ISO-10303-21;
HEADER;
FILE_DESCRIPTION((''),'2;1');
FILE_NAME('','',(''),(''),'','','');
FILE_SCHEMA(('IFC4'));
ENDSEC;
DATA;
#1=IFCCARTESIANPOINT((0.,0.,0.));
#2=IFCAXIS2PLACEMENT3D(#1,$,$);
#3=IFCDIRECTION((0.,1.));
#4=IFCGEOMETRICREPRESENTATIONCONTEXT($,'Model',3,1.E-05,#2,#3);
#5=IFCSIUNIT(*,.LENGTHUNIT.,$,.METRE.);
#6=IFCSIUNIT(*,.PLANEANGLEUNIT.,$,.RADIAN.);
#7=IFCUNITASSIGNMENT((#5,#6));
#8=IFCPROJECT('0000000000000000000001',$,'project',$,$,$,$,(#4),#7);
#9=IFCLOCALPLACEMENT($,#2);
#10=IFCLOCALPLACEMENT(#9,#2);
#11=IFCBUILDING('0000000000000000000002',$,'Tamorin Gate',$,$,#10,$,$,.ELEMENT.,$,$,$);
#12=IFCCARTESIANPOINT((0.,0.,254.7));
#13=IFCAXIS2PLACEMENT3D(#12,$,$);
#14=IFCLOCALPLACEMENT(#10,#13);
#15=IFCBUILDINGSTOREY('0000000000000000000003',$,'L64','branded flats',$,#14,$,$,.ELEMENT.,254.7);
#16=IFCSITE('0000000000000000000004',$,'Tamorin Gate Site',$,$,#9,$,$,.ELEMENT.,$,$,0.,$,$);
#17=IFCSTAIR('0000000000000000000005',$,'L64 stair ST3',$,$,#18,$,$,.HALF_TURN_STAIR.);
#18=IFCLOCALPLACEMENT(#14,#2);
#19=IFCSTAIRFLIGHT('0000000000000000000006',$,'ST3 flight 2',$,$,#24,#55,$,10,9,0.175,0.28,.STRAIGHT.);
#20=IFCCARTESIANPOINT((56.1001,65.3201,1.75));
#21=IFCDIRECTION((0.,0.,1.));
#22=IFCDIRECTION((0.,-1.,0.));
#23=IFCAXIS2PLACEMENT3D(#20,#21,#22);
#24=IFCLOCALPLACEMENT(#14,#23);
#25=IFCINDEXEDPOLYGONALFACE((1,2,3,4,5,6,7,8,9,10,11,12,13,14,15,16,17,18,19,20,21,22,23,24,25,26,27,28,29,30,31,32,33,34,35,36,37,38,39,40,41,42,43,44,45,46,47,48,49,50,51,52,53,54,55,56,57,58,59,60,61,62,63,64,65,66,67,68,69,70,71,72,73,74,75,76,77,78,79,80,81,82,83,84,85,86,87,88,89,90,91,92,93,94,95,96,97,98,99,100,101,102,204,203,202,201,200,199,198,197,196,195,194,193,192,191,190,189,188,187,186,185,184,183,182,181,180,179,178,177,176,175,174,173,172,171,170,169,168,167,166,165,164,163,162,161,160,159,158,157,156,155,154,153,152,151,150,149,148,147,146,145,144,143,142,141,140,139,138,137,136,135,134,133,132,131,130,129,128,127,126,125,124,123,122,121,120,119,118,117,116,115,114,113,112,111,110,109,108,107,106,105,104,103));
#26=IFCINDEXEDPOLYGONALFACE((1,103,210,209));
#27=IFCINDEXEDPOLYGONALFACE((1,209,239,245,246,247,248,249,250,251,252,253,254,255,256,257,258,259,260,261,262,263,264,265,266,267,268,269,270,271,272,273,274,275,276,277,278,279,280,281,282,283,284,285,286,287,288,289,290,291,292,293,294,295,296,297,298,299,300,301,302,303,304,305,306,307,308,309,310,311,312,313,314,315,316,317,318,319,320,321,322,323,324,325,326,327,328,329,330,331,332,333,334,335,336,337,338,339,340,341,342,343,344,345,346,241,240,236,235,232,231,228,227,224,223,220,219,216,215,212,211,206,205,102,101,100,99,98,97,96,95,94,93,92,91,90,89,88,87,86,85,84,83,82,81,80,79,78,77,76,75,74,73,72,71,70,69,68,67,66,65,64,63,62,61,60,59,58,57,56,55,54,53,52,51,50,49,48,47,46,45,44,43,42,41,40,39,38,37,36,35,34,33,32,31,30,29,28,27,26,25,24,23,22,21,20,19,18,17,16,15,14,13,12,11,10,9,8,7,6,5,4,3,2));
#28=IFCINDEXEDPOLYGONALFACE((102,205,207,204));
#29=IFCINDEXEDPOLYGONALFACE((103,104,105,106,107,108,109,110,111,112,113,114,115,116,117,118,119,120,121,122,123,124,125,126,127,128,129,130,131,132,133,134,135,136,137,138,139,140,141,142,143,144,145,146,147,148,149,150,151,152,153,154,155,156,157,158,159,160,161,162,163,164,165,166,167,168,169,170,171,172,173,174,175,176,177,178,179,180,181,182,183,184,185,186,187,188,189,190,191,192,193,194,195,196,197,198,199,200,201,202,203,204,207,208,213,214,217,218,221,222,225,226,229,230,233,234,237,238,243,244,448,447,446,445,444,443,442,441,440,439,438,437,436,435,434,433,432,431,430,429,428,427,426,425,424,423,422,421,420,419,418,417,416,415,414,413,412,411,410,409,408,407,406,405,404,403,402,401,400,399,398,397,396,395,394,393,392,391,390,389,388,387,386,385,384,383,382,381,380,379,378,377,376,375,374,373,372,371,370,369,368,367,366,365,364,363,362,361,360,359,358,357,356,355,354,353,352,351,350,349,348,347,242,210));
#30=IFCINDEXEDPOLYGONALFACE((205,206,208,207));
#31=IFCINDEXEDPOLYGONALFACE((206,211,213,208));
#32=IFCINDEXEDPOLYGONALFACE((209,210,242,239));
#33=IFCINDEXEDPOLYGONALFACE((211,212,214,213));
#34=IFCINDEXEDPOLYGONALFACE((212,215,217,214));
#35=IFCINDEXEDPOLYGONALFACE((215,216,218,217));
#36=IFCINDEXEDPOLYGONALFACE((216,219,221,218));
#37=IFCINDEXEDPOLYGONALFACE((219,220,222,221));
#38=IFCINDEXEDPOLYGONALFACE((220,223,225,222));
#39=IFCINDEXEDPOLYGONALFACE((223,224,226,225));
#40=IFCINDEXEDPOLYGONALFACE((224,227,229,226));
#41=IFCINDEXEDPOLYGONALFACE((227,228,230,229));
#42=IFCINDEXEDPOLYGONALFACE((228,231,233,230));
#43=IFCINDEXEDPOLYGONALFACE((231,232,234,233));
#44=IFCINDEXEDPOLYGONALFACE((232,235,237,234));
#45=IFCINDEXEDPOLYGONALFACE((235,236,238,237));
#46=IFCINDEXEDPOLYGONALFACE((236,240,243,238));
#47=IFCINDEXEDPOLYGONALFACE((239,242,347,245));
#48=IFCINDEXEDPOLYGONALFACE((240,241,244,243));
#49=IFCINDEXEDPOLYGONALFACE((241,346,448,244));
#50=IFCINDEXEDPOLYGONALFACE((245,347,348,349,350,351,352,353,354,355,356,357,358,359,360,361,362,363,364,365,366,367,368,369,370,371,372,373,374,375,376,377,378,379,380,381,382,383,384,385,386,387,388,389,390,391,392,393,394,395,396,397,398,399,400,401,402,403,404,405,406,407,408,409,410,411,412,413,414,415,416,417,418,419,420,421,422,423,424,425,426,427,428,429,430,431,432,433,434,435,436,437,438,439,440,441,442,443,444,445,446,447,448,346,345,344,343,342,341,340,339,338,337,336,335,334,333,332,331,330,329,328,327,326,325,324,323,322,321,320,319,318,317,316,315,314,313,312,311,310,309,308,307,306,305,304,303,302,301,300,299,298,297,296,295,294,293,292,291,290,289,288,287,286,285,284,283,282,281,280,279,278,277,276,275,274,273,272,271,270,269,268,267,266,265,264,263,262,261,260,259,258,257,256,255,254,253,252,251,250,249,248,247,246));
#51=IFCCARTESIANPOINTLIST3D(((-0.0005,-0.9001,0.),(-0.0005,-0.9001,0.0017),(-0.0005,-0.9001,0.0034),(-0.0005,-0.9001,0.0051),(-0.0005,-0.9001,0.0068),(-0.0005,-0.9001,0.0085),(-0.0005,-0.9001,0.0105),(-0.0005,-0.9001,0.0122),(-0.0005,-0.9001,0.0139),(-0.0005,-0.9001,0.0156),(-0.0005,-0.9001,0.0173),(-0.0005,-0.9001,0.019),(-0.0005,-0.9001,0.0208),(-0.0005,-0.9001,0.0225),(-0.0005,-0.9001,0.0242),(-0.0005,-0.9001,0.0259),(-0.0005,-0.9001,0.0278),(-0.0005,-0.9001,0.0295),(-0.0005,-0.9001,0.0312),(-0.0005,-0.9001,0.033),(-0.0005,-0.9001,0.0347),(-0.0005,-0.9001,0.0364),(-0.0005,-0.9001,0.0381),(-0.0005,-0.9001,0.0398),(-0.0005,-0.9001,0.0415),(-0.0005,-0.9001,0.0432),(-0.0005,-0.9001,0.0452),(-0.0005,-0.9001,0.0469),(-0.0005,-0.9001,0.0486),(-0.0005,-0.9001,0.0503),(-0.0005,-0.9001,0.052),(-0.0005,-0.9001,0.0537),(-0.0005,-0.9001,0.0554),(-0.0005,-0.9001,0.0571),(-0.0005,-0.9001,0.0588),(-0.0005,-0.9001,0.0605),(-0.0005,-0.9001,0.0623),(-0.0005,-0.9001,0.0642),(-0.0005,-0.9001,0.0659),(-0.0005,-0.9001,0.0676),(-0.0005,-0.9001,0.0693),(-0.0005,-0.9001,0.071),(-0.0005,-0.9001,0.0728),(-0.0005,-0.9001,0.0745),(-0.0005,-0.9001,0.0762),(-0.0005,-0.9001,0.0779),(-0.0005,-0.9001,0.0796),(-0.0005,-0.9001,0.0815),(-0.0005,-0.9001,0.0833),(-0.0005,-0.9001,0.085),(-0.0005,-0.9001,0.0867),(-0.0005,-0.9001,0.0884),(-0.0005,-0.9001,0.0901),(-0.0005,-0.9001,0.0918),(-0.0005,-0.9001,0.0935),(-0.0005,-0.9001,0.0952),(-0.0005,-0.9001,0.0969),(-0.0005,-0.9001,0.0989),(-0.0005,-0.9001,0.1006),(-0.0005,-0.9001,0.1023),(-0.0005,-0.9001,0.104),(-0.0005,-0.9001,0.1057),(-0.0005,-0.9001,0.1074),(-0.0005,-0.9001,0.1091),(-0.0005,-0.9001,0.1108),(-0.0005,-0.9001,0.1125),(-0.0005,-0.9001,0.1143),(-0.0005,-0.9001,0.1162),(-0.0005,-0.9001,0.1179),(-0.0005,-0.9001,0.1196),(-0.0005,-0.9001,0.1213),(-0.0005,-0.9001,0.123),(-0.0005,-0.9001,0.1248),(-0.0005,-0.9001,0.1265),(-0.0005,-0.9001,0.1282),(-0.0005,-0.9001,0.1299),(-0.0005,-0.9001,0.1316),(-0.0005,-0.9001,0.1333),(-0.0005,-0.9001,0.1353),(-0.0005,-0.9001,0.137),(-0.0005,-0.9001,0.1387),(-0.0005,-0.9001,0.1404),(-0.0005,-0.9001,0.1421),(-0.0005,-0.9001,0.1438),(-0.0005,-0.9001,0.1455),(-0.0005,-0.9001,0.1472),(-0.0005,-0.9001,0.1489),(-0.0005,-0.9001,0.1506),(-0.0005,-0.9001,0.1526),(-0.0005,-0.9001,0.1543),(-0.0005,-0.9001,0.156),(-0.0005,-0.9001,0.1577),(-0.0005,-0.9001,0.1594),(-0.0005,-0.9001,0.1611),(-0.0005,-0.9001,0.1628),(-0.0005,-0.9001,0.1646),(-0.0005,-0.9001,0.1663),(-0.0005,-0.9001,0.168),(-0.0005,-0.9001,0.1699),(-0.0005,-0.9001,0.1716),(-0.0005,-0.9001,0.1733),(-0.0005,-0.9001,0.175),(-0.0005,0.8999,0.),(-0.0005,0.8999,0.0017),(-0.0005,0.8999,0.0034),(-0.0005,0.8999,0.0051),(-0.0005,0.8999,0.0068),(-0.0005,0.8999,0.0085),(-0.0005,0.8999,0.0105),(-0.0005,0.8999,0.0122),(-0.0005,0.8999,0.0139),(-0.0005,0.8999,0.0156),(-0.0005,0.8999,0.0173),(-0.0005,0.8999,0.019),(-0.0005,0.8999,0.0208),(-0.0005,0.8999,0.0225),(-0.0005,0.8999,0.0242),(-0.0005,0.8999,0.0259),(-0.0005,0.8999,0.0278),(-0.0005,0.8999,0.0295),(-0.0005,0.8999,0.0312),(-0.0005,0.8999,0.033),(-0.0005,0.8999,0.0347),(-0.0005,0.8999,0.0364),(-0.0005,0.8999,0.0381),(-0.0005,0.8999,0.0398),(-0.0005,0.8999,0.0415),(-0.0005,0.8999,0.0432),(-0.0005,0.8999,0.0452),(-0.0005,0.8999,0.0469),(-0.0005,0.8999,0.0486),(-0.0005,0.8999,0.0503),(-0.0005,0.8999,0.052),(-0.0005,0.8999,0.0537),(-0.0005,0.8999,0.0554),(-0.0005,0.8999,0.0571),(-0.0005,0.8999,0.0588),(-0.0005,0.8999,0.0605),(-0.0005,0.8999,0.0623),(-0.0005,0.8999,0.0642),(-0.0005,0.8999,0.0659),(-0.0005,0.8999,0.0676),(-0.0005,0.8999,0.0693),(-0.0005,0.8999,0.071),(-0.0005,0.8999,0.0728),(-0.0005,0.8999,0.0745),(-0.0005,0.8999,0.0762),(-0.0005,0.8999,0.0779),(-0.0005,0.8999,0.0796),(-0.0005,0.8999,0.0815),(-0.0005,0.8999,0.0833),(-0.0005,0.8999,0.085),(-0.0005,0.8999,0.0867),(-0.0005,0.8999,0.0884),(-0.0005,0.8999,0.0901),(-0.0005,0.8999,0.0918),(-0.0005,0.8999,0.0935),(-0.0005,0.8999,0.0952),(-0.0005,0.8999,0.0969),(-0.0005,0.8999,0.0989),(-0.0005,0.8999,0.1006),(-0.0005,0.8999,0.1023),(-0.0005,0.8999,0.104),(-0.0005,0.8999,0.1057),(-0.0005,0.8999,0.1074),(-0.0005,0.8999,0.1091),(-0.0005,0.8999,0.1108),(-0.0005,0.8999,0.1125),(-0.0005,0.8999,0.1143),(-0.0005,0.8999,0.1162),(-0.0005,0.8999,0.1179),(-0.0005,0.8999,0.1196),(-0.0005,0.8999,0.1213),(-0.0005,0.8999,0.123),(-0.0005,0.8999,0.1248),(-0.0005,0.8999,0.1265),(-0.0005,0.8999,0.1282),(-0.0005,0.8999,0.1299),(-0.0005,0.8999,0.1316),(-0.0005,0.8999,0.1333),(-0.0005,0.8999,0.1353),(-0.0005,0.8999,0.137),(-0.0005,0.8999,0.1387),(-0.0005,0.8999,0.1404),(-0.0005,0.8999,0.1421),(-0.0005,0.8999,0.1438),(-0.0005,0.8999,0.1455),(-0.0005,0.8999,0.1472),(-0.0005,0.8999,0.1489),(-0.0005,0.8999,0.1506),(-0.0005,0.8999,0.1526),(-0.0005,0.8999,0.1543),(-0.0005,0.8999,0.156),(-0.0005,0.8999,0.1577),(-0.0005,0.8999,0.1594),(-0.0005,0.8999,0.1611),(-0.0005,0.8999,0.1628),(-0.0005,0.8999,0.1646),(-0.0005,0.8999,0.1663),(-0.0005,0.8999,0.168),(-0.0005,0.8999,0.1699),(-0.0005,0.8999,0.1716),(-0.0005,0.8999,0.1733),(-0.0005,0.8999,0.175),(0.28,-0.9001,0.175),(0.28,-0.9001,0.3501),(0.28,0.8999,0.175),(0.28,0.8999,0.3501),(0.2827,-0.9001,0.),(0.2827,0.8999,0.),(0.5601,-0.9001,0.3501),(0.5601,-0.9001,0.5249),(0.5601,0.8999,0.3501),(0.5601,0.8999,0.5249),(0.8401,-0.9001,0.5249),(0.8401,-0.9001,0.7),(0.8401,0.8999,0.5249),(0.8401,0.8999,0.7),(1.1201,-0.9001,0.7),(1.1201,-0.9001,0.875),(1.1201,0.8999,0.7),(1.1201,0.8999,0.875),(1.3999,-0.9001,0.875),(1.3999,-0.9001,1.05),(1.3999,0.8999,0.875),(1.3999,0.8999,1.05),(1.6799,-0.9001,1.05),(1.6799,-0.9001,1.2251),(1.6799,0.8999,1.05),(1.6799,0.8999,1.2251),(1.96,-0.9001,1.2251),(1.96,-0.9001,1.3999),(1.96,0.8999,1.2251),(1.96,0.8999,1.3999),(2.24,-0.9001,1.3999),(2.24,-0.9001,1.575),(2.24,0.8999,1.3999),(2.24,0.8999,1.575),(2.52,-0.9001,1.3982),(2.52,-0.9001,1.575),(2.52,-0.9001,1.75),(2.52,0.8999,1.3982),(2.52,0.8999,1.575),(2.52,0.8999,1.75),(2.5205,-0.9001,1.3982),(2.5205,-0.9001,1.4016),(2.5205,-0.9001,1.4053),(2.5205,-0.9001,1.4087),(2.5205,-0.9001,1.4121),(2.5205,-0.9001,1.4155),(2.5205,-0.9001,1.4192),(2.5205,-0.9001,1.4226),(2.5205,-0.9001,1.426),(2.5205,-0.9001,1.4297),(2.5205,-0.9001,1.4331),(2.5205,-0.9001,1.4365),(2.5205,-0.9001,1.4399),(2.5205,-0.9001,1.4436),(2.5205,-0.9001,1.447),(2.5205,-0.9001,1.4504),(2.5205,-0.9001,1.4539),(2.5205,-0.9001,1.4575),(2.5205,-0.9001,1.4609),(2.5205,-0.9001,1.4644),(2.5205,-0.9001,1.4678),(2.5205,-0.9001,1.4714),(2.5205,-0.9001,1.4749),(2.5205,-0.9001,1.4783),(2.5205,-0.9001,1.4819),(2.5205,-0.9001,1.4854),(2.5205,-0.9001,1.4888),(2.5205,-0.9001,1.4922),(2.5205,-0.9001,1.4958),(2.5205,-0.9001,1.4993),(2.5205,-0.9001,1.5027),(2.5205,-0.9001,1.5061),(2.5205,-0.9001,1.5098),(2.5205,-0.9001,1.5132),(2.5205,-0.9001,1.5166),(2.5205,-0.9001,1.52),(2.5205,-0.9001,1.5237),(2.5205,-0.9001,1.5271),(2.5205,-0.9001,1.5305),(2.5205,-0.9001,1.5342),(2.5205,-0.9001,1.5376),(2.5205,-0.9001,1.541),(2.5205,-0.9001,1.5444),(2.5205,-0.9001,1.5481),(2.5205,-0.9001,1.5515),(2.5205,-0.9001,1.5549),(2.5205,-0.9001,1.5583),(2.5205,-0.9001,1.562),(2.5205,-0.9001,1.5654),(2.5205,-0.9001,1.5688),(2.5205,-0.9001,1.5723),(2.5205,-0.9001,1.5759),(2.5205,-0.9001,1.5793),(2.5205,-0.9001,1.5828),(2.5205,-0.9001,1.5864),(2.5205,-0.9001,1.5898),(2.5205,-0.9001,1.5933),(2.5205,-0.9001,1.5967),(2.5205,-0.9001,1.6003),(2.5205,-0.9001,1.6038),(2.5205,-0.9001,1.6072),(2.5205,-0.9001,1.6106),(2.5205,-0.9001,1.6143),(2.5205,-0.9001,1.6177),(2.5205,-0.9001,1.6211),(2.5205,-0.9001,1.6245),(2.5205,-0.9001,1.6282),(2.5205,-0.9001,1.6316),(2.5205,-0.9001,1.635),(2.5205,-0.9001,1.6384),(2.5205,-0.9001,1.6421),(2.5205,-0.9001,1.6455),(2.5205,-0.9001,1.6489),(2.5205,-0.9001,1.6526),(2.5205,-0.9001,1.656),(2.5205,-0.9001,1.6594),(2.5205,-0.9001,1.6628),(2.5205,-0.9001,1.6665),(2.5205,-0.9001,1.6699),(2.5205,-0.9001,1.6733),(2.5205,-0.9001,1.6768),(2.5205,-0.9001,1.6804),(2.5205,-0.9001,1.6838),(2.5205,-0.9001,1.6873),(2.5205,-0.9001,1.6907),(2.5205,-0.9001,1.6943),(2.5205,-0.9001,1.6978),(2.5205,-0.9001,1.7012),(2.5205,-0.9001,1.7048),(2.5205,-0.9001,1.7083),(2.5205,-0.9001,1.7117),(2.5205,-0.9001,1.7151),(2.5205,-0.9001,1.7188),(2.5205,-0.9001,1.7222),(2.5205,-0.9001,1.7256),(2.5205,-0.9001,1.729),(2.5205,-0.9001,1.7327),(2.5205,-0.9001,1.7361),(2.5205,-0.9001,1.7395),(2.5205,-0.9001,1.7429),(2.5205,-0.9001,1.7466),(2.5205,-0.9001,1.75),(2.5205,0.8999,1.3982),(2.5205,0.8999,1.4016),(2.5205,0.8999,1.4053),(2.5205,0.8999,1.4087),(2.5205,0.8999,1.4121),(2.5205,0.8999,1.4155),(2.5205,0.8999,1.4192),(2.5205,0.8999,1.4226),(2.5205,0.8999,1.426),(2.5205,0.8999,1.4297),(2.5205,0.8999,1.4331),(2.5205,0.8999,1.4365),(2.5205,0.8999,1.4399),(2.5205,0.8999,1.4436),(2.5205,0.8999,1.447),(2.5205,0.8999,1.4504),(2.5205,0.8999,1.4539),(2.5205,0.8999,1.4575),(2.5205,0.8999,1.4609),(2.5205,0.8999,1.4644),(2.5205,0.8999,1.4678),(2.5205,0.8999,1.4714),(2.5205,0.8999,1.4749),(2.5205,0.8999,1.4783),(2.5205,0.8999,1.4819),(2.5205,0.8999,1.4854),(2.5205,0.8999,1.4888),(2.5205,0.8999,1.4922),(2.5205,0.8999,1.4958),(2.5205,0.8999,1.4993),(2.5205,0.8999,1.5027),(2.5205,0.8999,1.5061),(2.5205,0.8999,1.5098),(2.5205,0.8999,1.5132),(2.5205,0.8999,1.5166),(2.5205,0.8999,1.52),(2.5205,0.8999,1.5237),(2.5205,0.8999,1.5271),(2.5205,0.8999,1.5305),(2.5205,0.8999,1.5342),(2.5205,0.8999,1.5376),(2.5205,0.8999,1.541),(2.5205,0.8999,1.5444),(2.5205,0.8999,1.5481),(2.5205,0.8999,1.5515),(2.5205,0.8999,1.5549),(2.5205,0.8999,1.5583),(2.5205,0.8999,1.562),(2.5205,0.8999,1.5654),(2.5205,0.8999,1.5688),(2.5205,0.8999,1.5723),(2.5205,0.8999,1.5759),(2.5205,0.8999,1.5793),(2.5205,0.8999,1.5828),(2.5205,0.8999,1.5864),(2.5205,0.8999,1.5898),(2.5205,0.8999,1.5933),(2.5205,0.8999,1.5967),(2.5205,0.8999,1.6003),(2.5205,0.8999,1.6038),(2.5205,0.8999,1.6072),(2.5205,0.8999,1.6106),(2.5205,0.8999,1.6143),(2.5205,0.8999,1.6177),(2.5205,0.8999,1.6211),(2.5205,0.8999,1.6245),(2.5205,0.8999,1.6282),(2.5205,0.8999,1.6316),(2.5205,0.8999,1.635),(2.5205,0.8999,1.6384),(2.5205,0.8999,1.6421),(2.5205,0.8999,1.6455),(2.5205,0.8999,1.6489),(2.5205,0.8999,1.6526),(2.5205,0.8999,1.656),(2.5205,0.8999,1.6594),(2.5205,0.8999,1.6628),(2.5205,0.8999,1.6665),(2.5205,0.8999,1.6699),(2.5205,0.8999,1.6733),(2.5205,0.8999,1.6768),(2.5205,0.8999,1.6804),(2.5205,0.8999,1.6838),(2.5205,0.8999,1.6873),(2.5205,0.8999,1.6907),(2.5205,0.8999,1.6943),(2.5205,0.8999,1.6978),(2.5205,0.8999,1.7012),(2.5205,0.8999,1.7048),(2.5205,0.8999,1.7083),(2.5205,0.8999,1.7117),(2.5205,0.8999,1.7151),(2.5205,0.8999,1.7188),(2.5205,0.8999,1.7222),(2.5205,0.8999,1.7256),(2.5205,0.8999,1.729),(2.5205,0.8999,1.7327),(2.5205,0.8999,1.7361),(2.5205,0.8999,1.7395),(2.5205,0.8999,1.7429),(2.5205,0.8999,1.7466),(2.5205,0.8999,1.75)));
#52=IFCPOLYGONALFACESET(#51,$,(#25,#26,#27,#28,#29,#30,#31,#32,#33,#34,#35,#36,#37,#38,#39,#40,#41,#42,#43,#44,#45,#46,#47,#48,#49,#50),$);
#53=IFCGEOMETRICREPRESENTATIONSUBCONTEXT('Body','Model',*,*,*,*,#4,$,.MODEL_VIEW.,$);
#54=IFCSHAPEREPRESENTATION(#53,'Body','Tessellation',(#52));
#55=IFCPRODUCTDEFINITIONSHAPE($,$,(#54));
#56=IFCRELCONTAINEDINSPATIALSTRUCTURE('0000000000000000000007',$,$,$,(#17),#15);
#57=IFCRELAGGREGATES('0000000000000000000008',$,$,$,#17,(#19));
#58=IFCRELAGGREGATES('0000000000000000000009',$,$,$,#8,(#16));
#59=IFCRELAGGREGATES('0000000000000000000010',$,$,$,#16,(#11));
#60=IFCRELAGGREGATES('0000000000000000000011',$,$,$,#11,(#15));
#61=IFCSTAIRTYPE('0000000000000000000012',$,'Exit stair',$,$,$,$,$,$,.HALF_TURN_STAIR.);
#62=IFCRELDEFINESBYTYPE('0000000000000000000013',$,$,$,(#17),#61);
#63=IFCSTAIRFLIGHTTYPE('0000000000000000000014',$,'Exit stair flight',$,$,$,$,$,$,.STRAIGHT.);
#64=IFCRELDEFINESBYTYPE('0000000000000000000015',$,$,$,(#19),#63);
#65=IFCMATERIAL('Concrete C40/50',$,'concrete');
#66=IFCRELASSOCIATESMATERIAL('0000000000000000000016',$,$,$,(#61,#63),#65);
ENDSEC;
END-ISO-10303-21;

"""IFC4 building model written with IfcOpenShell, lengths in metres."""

from ifc_helpers import new_model, si_unit, direction, frame, origin, place, context, subcontext, project, spatial, polyline, outline, extrude, material, type_object, element, aggregate, save


model = new_model("IFC4")

# Units and contexts
model_context = context("Model", 3, precision=1e-05, world=origin(), true_north=direction((0.0, 1.0)))
body_context = subcontext(model_context, "Body", "Model", "MODEL_VIEW")
ifc_project = project(units=[si_unit("LENGTHUNIT", "METRE"), si_unit("PLANEANGLEUNIT", "RADIAN")], contexts=[model_context])

# Site, building, storey
site_placement = place(None, origin())
site = spatial("IfcSite", under=ifc_project, at=site_placement, Name="Tamorin Gate Site", CompositionType="ELEMENT", RefElevation=0.0)
building_placement = place(site_placement, origin())
building = spatial("IfcBuilding", under=site, at=building_placement, Name="Tamorin Gate", CompositionType="ELEMENT")
storey_placement = place(building_placement, frame((0.0, 0.0, 254.7)))
storey = spatial("IfcBuildingStorey", under=building, at=storey_placement, Name="L64", Description="branded flats", CompositionType="ELEMENT", Elevation=254.7)

# Shared definitions
ifc_material_1 = material(Name="Concrete C40/50", Category="concrete")

# Stair, stair flight
stair_type = type_object("IfcStairType", Name="Exit stair", PredefinedType="HALF_TURN_STAIR", material=ifc_material_1)
stair_placement = place(storey_placement, origin())
stair = element("IfcStair", 1, at=stair_placement, inside=storey, type_object=stair_type, Name="L64 stair ST3", PredefinedType="HALF_TURN_STAIR")
stair_flight_type = type_object("IfcStairFlightType", Name="Exit stair flight", PredefinedType="STRAIGHT", material=ifc_material_1)
stair_flight_1_placement = place(storey_placement, frame((56.1001, 65.3201, 1.75), z_axis=(0.0, 0.0, 1.0), x_axis=(0.0, -1.0, 0.0)))
stair_flight_1 = element("IfcStairFlight", 2, at=stair_flight_1_placement, type_object=stair_flight_type, Name="ST3 flight 2", NumberOfRisers=10, NumberOfTreads=9, PredefinedType="STRAIGHT", RiserHeight=0.175, TreadLength=0.28, context=body_context, shape_type="SweptSolid", body=[
    extrude(outline(polyline([(-0.0005, 0.0), (-0.0005, 0.0017), (-0.0005, 0.0034), (-0.0005, 0.0051), (-0.0005, 0.0068), (-0.0005, 0.0085), (-0.0005, 0.0105), (-0.0005, 0.0122), (-0.0005, 0.0139), (-0.0005, 0.0156), (-0.0005, 0.0173), (-0.0005, 0.019), (-0.0005, 0.0208), (-0.0005, 0.0225), (-0.0005, 0.0242), (-0.0005, 0.0259), (-0.0005, 0.0278), (-0.0005, 0.0295), (-0.0005, 0.0312), (-0.0005, 0.033), (-0.0005, 0.0347), (-0.0005, 0.0364), (-0.0005, 0.0381), (-0.0005, 0.0398), (-0.0005, 0.0415), (-0.0005, 0.0432), (-0.0005, 0.0452), (-0.0005, 0.0469), (-0.0005, 0.0486), (-0.0005, 0.0503), (-0.0005, 0.052), (-0.0005, 0.0537), (-0.0005, 0.0554), (-0.0005, 0.0571), (-0.0005, 0.0588), (-0.0005, 0.0605), (-0.0005, 0.0623), (-0.0005, 0.0642), (-0.0005, 0.0659), (-0.0005, 0.0676), (-0.0005, 0.0693), (-0.0005, 0.071), (-0.0005, 0.0728), (-0.0005, 0.0745), (-0.0005, 0.0762), (-0.0005, 0.0779), (-0.0005, 0.0796), (-0.0005, 0.0815), (-0.0005, 0.0833), (-0.0005, 0.085), (-0.0005, 0.0867), (-0.0005, 0.0884), (-0.0005, 0.0901), (-0.0005, 0.0918), (-0.0005, 0.0935), (-0.0005, 0.0952), (-0.0005, 0.0969), (-0.0005, 0.0989), (-0.0005, 0.1006), (-0.0005, 0.1023), (-0.0005, 0.104), (-0.0005, 0.1057), (-0.0005, 0.1074), (-0.0005, 0.1091), (-0.0005, 0.1108), (-0.0005, 0.1125), (-0.0005, 0.1143), (-0.0005, 0.1162), (-0.0005, 0.1179), (-0.0005, 0.1196), (-0.0005, 0.1213), (-0.0005, 0.123), (-0.0005, 0.1248), (-0.0005, 0.1265), (-0.0005, 0.1282), (-0.0005, 0.1299), (-0.0005, 0.1316), (-0.0005, 0.1333), (-0.0005, 0.1353), (-0.0005, 0.137), (-0.0005, 0.1387), (-0.0005, 0.1404), (-0.0005, 0.1421), (-0.0005, 0.1438), (-0.0005, 0.1455), (-0.0005, 0.1472), (-0.0005, 0.1489), (-0.0005, 0.1506), (-0.0005, 0.1526), (-0.0005, 0.1543), (-0.0005, 0.156), (-0.0005, 0.1577), (-0.0005, 0.1594), (-0.0005, 0.1611), (-0.0005, 0.1628), (-0.0005, 0.1646), (-0.0005, 0.1663), (-0.0005, 0.168), (-0.0005, 0.1699), (-0.0005, 0.1716), (-0.0005, 0.1733), (-0.0005, 0.175), (0.28, 0.175), (0.28, 0.3501), (0.5601, 0.3501), (0.5601, 0.5249), (0.8401, 0.5249), (0.8401, 0.7), (1.1201, 0.7), (1.1201, 0.875), (1.3999, 0.875), (1.3999, 1.05), (1.6799, 1.05), (1.6799, 1.2251), (1.96, 1.2251), (1.96, 1.3999), (2.24, 1.3999), (2.24, 1.575), (2.52, 1.575), (2.52, 1.75), (2.5205, 1.75), (2.5205, 1.7466), (2.5205, 1.7429), (2.5205, 1.7395), (2.5205, 1.7361), (2.5205, 1.7327), (2.5205, 1.729), (2.5205, 1.7256), (2.5205, 1.7222), (2.5205, 1.7188), (2.5205, 1.7151), (2.5205, 1.7117), (2.5205, 1.7083), (2.5205, 1.7048), (2.5205, 1.7012), (2.5205, 1.6978), (2.5205, 1.6943), (2.5205, 1.6907), (2.5205, 1.6873), (2.5205, 1.6838), (2.5205, 1.6804), (2.5205, 1.6768), (2.5205, 1.6733), (2.5205, 1.6699), (2.5205, 1.6665), (2.5205, 1.6628), (2.5205, 1.6594), (2.5205, 1.656), (2.5205, 1.6526), (2.5205, 1.6489), (2.5205, 1.6455), (2.5205, 1.6421), (2.5205, 1.6384), (2.5205, 1.635), (2.5205, 1.6316), (2.5205, 1.6282), (2.5205, 1.6245), (2.5205, 1.6211), (2.5205, 1.6177), (2.5205, 1.6143), (2.5205, 1.6106), (2.5205, 1.6072), (2.5205, 1.6038), (2.5205, 1.6003), (2.5205, 1.5967), (2.5205, 1.5933), (2.5205, 1.5898), (2.5205, 1.5864), (2.5205, 1.5828), (2.5205, 1.5793), (2.5205, 1.5759), (2.5205, 1.5723), (2.5205, 1.5688), (2.5205, 1.5654), (2.5205, 1.562), (2.5205, 1.5583), (2.5205, 1.5549), (2.5205, 1.5515), (2.5205, 1.5481), (2.5205, 1.5444), (2.5205, 1.541), (2.5205, 1.5376), (2.5205, 1.5342), (2.5205, 1.5305), (2.5205, 1.5271), (2.5205, 1.5237), (2.5205, 1.52), (2.5205, 1.5166), (2.5205, 1.5132), (2.5205, 1.5098), (2.5205, 1.5061), (2.5205, 1.5027), (2.5205, 1.4993), (2.5205, 1.4958), (2.5205, 1.4922), (2.5205, 1.4888), (2.5205, 1.4854), (2.5205, 1.4819), (2.5205, 1.4783), (2.5205, 1.4749), (2.5205, 1.4714), (2.5205, 1.4678), (2.5205, 1.4644), (2.5205, 1.4609), (2.5205, 1.4575), (2.5205, 1.4539), (2.5205, 1.4504), (2.5205, 1.447), (2.5205, 1.4436), (2.5205, 1.4399), (2.5205, 1.4365), (2.5205, 1.4331), (2.5205, 1.4297), (2.5205, 1.426), (2.5205, 1.4226), (2.5205, 1.4192), (2.5205, 1.4155), (2.5205, 1.4121), (2.5205, 1.4087), (2.5205, 1.4053), (2.5205, 1.4016), (2.5205, 1.3982), (2.52, 1.3982), (0.2827, 0.0), (-0.0005, 0.0)])), frame((0.0, 0.8999, 0.0), z_axis=(0.0, -1.0, 0.0), x_axis=(1.0, 0.0, 0.0)), (0.0, 0.0, 1.0), 1.8),
])
aggregate(stair, [stair_flight_1])

save(model, "model.ifc")
